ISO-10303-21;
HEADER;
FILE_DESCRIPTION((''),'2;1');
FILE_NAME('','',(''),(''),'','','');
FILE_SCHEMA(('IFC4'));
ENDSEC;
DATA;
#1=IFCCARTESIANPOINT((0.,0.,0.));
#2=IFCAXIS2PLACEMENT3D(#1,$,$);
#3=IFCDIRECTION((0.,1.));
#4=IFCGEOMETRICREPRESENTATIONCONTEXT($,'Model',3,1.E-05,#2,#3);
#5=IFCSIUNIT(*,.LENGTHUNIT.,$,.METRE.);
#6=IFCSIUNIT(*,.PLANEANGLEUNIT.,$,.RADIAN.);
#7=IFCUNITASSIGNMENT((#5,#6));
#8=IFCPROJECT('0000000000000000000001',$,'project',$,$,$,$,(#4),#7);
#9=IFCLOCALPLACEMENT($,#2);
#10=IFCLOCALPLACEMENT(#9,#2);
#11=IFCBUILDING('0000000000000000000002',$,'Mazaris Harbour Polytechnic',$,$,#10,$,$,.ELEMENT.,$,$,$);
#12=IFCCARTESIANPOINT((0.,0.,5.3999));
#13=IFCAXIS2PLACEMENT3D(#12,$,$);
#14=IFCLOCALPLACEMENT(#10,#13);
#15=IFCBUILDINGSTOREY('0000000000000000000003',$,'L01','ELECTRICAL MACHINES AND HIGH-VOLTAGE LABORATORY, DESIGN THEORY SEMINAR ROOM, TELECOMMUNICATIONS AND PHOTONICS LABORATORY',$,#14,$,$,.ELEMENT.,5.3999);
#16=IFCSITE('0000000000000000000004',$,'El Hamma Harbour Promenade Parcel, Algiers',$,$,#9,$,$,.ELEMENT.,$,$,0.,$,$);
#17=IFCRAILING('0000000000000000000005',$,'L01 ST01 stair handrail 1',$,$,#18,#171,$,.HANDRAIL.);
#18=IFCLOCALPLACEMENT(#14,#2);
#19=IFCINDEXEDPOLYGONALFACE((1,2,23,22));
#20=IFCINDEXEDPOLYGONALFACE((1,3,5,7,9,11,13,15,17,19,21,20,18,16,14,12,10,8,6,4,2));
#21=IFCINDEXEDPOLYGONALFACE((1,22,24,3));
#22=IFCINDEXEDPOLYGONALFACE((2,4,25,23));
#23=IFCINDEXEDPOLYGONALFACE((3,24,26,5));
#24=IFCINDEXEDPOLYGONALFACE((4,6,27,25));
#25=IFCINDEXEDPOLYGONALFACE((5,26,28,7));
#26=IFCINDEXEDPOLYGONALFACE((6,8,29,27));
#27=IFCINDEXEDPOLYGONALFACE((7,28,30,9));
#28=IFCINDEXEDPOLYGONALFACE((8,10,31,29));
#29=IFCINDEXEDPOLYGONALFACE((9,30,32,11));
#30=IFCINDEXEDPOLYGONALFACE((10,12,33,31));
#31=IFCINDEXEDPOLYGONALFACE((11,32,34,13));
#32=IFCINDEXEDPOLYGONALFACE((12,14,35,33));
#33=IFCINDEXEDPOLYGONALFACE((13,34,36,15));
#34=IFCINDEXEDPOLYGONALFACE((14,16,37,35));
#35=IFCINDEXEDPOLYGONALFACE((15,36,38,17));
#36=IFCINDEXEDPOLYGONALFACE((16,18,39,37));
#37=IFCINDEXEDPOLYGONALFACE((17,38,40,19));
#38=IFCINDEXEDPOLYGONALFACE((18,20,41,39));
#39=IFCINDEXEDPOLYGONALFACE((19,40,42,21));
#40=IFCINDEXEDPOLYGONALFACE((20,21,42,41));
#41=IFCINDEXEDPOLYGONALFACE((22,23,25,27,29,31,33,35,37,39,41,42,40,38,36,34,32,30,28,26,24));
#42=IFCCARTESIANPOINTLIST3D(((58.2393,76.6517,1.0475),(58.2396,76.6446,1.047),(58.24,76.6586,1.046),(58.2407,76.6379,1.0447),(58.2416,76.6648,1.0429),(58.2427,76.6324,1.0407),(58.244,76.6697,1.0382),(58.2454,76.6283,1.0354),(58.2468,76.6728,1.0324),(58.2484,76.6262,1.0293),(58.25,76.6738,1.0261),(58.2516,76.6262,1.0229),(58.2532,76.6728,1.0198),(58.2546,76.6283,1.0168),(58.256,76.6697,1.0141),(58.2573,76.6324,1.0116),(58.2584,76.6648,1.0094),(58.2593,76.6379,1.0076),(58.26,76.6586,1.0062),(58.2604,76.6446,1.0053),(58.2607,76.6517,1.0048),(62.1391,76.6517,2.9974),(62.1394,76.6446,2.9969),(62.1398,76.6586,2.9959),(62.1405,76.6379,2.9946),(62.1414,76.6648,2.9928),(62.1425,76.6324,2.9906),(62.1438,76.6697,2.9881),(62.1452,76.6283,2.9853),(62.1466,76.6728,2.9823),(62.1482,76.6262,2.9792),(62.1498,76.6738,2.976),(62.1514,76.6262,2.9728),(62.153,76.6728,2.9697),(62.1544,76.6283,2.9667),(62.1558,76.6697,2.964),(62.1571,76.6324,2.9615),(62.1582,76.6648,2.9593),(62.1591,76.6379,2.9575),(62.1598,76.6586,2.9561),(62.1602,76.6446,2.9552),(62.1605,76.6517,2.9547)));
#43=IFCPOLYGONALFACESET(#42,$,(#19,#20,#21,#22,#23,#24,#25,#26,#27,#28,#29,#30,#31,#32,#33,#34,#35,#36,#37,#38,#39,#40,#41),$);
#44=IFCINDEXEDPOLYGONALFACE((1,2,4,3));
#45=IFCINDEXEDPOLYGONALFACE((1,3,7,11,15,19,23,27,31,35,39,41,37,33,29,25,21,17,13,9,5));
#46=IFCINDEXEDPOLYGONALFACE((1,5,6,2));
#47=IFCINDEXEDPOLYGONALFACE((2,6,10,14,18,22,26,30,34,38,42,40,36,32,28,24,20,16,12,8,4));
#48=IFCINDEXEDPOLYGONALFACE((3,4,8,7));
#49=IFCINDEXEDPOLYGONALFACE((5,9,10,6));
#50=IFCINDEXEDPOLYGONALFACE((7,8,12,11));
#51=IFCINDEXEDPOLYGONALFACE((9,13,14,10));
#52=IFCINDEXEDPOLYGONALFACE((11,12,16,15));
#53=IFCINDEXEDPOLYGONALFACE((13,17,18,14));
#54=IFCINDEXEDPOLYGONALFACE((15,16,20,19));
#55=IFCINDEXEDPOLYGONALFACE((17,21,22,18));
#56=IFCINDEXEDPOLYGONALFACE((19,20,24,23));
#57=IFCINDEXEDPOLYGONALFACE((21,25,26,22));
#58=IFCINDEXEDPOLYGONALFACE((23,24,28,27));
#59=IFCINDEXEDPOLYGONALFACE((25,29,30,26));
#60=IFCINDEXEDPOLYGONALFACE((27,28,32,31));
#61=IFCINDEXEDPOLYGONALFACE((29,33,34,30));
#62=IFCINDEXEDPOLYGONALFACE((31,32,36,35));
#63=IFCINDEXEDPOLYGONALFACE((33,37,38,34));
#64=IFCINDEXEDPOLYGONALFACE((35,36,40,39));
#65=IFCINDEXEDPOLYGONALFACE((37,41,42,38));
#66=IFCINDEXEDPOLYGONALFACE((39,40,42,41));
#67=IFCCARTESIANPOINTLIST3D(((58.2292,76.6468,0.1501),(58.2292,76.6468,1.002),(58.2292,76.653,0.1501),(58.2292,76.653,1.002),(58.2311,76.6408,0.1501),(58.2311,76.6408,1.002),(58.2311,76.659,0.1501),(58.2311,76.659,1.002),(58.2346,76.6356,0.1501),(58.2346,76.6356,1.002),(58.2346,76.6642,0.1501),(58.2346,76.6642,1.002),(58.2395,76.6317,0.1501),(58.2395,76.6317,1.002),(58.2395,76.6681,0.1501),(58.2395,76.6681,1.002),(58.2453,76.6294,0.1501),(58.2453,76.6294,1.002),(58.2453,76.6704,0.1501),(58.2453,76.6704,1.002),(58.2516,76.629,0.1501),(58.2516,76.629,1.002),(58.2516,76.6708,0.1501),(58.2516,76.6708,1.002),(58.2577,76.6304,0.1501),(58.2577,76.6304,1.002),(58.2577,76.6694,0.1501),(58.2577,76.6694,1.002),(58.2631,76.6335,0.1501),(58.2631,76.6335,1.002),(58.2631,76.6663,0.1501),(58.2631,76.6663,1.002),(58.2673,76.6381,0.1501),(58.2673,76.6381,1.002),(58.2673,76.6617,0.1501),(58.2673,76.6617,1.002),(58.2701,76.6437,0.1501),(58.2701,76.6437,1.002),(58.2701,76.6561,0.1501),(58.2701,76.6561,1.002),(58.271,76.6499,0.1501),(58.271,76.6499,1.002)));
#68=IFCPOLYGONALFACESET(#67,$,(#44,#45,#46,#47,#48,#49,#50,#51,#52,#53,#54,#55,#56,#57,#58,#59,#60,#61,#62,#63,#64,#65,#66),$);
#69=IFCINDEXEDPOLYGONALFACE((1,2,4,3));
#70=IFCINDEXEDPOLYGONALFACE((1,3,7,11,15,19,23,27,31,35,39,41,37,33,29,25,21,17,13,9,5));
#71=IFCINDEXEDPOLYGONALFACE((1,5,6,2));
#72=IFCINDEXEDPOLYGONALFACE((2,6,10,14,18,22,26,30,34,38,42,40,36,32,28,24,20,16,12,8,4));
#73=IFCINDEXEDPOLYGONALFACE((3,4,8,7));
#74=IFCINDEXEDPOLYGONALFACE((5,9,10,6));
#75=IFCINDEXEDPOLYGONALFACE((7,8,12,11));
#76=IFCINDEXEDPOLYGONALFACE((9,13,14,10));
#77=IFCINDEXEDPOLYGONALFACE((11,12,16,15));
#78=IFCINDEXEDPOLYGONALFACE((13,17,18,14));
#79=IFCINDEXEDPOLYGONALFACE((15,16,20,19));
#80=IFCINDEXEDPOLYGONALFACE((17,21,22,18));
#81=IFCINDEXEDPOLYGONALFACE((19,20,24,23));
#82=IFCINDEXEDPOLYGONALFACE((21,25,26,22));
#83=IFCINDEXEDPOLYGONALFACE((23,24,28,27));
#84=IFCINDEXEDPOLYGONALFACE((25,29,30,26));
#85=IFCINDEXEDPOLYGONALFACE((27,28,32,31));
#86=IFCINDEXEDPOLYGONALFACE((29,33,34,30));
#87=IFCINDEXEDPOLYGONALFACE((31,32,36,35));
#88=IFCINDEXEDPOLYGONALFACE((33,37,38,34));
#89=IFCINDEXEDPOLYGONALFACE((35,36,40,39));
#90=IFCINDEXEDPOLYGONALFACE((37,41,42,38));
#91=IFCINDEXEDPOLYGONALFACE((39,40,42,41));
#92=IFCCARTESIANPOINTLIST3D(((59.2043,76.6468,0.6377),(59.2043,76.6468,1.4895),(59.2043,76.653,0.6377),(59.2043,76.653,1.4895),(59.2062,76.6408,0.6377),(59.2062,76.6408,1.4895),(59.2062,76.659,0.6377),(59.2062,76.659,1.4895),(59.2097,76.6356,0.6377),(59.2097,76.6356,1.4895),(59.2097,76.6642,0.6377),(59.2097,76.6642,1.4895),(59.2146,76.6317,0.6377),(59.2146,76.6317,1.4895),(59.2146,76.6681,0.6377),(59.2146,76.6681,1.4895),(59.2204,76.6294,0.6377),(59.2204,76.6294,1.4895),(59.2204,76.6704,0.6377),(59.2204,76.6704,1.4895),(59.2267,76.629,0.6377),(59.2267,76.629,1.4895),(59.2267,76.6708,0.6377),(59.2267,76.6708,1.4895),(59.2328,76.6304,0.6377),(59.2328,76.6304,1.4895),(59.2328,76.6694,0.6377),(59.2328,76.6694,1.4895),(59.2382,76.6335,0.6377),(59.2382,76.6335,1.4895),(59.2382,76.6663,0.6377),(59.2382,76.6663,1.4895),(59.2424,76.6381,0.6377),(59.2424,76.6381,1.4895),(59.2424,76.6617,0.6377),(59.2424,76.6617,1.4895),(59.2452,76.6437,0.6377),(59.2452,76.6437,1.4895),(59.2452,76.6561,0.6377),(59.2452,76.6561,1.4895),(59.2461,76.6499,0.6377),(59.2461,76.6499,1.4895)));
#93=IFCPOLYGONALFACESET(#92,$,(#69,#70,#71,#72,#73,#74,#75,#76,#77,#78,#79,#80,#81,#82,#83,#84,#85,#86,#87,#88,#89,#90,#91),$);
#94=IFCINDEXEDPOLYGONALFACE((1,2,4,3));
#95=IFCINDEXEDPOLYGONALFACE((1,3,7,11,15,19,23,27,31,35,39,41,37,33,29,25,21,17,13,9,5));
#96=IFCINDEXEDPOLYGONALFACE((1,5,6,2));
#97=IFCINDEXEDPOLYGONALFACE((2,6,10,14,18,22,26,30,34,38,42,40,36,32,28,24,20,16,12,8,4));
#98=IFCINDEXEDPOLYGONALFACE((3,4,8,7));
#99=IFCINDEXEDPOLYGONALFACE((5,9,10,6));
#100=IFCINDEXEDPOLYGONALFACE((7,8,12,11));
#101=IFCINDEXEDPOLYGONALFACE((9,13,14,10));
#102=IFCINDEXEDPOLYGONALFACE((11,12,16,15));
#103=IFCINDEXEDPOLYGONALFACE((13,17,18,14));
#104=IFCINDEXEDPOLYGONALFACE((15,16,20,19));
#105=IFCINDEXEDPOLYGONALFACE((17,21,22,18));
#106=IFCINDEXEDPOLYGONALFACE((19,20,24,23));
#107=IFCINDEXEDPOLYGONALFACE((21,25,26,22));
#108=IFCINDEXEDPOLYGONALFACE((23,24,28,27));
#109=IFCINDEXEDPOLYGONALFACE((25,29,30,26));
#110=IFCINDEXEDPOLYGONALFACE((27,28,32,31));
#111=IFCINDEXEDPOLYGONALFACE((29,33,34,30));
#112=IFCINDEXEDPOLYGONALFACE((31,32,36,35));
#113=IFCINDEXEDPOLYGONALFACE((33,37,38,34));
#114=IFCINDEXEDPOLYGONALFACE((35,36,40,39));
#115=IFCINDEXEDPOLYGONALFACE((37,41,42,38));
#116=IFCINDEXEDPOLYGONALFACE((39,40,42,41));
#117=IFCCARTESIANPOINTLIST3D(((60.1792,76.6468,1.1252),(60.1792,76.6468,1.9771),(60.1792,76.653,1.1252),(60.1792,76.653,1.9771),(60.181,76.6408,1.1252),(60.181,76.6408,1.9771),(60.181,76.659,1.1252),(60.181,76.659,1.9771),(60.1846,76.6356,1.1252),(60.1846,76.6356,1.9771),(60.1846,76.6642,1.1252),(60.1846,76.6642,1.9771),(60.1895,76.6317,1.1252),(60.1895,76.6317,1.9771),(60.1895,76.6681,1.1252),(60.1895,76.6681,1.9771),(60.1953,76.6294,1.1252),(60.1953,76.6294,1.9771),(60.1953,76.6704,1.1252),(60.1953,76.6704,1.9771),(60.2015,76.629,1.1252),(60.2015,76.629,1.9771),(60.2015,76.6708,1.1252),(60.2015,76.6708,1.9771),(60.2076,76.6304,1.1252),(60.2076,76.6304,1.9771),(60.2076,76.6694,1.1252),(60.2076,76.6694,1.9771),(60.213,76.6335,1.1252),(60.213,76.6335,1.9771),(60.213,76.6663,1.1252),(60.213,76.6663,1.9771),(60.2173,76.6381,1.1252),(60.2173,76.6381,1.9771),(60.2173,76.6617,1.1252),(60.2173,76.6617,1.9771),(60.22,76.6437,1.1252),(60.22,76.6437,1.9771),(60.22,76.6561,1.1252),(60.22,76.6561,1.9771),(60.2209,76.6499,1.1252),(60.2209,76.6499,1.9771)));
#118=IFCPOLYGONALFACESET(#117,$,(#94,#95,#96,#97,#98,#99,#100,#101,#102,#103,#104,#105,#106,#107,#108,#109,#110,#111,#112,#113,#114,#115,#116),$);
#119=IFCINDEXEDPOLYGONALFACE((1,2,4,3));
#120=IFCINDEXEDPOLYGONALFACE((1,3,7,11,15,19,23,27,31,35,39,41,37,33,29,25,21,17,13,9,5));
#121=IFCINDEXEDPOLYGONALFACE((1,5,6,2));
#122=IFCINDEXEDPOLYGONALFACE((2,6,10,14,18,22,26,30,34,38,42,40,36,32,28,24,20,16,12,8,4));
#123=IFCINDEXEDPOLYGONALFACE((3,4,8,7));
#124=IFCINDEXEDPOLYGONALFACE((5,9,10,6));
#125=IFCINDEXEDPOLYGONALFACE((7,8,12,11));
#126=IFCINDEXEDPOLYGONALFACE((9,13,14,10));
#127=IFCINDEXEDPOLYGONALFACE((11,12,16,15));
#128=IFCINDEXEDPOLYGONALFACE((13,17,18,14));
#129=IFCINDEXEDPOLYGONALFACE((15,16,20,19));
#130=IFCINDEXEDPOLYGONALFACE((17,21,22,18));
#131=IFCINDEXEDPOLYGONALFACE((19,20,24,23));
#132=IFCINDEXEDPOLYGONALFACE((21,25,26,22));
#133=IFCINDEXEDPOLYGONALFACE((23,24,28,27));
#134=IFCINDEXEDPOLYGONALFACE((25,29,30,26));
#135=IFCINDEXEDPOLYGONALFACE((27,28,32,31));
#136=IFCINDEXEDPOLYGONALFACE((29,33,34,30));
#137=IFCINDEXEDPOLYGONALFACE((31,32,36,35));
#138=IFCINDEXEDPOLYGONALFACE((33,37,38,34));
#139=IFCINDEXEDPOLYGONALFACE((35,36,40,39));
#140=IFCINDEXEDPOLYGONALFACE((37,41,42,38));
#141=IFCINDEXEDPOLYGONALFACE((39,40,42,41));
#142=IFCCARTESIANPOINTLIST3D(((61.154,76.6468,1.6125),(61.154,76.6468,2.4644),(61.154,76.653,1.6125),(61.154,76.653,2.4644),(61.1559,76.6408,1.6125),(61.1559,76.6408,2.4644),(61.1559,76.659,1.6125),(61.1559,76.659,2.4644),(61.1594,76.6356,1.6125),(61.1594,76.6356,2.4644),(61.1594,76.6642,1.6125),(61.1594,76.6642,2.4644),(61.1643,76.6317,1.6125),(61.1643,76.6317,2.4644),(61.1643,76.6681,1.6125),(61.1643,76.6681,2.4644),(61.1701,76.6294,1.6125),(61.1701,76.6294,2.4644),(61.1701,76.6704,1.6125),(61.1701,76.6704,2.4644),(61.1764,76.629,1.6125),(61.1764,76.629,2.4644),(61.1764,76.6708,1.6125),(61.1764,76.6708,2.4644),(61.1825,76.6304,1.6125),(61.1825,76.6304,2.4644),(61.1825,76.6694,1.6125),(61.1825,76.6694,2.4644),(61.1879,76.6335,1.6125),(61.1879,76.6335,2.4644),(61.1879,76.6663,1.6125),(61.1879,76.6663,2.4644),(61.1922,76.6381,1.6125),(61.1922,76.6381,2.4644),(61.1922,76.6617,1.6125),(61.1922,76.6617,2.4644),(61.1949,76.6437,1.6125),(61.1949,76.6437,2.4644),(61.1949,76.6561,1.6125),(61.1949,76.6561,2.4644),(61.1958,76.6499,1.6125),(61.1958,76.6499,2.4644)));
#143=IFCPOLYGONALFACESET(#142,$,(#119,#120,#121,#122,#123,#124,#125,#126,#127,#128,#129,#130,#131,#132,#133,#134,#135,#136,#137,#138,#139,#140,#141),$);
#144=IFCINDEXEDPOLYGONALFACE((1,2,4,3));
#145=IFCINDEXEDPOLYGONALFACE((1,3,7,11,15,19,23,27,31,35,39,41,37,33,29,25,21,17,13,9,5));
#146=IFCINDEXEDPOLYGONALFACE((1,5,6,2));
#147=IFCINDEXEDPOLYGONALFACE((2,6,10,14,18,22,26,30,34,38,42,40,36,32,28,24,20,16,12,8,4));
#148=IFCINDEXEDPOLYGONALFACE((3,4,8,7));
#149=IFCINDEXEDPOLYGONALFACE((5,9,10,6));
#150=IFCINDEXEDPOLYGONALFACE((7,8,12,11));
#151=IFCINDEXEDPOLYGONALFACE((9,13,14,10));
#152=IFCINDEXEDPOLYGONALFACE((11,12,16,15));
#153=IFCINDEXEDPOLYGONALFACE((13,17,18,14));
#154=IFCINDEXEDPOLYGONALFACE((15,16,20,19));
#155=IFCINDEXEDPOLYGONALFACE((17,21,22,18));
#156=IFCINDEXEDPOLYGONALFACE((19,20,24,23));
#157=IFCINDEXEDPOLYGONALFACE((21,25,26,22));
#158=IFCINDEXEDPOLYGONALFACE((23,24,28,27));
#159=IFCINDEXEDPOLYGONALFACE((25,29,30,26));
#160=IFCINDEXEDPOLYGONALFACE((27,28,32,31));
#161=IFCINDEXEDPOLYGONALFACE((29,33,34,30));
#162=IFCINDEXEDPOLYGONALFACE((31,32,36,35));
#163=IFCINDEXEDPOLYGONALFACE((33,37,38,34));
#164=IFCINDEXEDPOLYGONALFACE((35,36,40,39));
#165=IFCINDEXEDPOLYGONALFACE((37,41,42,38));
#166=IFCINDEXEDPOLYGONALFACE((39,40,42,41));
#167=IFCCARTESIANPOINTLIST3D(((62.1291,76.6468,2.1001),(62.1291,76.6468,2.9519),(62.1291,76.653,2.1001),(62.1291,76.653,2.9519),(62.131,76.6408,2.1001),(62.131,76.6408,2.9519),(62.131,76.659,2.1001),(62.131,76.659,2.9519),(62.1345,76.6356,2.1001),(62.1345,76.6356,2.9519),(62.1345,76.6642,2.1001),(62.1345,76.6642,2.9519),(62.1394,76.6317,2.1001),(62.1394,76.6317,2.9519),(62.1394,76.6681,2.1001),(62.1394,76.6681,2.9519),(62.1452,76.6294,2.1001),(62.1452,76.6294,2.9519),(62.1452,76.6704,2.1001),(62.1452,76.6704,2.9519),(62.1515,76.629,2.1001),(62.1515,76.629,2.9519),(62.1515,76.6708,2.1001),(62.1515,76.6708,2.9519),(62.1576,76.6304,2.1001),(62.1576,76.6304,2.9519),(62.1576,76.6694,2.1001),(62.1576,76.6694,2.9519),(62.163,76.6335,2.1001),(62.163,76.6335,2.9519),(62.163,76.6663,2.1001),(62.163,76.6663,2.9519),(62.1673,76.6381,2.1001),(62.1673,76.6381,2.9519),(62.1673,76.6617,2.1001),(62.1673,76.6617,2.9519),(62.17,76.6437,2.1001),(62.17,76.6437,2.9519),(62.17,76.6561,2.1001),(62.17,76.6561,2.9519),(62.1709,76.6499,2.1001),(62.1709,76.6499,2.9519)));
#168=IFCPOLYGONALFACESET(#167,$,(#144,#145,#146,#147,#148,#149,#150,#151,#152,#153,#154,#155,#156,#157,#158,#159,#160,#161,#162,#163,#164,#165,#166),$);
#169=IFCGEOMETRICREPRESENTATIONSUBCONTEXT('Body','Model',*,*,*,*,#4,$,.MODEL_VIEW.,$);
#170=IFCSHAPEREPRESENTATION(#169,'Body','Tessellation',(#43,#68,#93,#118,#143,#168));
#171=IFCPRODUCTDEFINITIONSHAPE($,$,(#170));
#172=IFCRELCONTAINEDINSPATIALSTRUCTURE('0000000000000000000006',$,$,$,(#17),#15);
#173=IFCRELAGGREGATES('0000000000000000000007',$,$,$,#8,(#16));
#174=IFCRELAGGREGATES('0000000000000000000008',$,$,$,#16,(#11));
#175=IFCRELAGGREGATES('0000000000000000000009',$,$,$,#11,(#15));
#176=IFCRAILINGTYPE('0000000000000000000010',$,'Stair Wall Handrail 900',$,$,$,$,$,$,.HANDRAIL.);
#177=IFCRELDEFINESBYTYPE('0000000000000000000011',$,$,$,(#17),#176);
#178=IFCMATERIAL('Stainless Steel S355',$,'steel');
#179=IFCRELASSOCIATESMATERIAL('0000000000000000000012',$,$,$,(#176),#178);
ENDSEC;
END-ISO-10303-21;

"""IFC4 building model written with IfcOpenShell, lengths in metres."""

from ifc_helpers import new_model, si_unit, direction, frame, origin, origin_2d, place, context, subcontext, project, spatial, circle, extrude, material, type_object, element, save


model = new_model("IFC4")

# Units and contexts
model_context = context("Model", 3, precision=1e-05, world=origin(), true_north=direction((0.0, 1.0)))
body_context = subcontext(model_context, "Body", "Model", "MODEL_VIEW")
ifc_project = project(units=[si_unit("LENGTHUNIT", "METRE"), si_unit("PLANEANGLEUNIT", "RADIAN")], contexts=[model_context])

# Site, building, storey
site_placement = place(None, origin())
site = spatial("IfcSite", under=ifc_project, at=site_placement, Name="El Hamma Harbour Promenade Parcel, Algiers", CompositionType="ELEMENT", RefElevation=0.0)
building_placement = place(site_placement, origin())
building = spatial("IfcBuilding", under=site, at=building_placement, Name="Mazaris Harbour Polytechnic", CompositionType="ELEMENT")
storey_placement = place(building_placement, frame((0.0, 0.0, 5.3999)))
storey = spatial("IfcBuildingStorey", under=building, at=storey_placement, Name="L01", Description="ELECTRICAL MACHINES AND HIGH-VOLTAGE LABORATORY, DESIGN THEORY SEMINAR ROOM, TELECOMMUNICATIONS AND PHOTONICS LABORATORY", CompositionType="ELEMENT", Elevation=5.3999)

# Railing
ifc_material_1 = material(Name="Stainless Steel S355", Category="steel")
railing_type_1 = type_object("IfcRailingType", Name="Stair Wall Handrail 900", PredefinedType="HANDRAIL", material=ifc_material_1)
railing_1_placement = place(storey_placement, frame((58.25, 76.6499, 0.1501)))
element("IfcRailing", 1, at=railing_1_placement, inside=storey, type_object=railing_type_1, Name="L01 ST01 stair handrail 1", PredefinedType="HANDRAIL", context=body_context, shape_type="SweptSolid", body=[
    extrude(circle(Radius=0.0239, at=origin_2d()), frame((0.0, 0.0, 0.876), z_axis=(0.894427, 0.0, 0.447214), x_axis=(0.0, 1.0, 0.0)), (0.0, 0.0, 1.0), 4.3601),
    extrude(circle(Radius=0.021, at=origin_2d()), origin(), (0.0, 0.0, 1.0), 0.8518),
    extrude(circle(Radius=0.021, at=origin_2d()), frame((0.9751, 0.0, 0.4875)), (0.0, 0.0, 1.0), 0.8518),
    extrude(circle(Radius=0.021, at=origin_2d()), frame((1.95, 0.0, 0.9751)), (0.0, 0.0, 1.0), 0.8518),
    extrude(circle(Radius=0.021, at=origin_2d()), frame((2.9248, 0.0, 1.4624)), (0.0, 0.0, 1.0), 0.8518),
    extrude(circle(Radius=0.021, at=origin_2d()), frame((3.8999, 0.0, 1.95)), (0.0, 0.0, 1.0), 0.8518),
])

save(model, "model.ifc")
